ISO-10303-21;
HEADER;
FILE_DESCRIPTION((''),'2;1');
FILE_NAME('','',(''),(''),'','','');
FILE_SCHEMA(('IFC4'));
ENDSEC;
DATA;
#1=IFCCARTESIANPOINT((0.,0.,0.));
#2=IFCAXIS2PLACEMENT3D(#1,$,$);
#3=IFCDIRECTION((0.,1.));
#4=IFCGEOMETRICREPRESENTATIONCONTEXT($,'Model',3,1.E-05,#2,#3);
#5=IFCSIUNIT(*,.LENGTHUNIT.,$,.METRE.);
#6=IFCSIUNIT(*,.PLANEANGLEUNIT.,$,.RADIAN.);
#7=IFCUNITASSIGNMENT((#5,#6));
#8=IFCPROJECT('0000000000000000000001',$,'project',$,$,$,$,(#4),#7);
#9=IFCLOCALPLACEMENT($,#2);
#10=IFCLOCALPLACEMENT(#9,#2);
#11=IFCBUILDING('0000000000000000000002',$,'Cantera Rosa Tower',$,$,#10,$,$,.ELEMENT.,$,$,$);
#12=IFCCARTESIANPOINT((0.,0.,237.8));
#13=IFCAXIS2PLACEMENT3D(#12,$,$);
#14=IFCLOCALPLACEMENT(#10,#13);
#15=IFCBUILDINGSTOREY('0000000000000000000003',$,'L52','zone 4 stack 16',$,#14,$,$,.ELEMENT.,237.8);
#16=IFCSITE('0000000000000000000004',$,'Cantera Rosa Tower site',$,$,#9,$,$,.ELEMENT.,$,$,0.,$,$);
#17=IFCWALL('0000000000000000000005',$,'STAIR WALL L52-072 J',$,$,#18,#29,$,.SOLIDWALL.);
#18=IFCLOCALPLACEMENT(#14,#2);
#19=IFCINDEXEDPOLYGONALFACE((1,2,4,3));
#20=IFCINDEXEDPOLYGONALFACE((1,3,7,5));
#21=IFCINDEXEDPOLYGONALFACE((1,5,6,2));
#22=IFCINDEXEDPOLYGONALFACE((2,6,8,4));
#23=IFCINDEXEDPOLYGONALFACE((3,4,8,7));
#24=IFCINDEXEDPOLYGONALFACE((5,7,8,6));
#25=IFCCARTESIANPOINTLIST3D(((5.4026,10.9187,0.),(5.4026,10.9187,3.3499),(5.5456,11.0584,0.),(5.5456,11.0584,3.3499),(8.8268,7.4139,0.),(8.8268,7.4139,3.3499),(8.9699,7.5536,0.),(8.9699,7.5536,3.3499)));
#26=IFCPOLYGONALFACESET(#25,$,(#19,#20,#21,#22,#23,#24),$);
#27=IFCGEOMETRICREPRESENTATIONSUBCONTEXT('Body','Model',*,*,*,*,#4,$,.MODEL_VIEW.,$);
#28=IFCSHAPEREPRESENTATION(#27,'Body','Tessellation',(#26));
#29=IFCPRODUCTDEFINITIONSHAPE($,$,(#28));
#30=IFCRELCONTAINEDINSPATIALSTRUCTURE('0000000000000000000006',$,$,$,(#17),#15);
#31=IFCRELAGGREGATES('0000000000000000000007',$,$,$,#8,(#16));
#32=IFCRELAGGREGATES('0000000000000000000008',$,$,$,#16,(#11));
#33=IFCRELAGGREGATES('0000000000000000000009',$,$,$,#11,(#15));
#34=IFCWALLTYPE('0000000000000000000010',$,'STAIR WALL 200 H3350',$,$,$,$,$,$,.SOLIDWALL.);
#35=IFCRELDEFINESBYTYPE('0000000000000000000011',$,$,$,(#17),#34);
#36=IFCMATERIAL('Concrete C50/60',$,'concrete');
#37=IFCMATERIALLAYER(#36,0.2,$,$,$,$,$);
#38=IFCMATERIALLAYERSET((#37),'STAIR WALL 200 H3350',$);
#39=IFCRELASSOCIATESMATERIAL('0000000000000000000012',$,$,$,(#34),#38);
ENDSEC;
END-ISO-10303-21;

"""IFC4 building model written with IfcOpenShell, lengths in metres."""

from ifc_helpers import new_model, si_unit, direction, frame, frame_2d, origin, place, context, subcontext, project, spatial, rectangle, extrude, material, layer, layer_set, type_object, element, save


model = new_model("IFC4")

# Units and contexts
model_context = context("Model", 3, precision=1e-05, world=origin(), true_north=direction((0.0, 1.0)))
body_context = subcontext(model_context, "Body", "Model", "MODEL_VIEW")
ifc_project = project(units=[si_unit("LENGTHUNIT", "METRE"), si_unit("PLANEANGLEUNIT", "RADIAN")], contexts=[model_context])

# Site, building, storey
site_placement = place(None, origin())
site = spatial("IfcSite", under=ifc_project, at=site_placement, Name="Cantera Rosa Tower site", CompositionType="ELEMENT", RefElevation=0.0)
building_placement = place(site_placement, origin())
building = spatial("IfcBuilding", under=site, at=building_placement, Name="Cantera Rosa Tower", CompositionType="ELEMENT")
storey_placement = place(building_placement, frame((0.0, 0.0, 237.8)))
storey = spatial("IfcBuildingStorey", under=building, at=storey_placement, Name="L52", Description="zone 4 stack 16", CompositionType="ELEMENT", Elevation=237.8)

# Wall
ifc_material_1 = material(Name="Concrete C50/60", Category="concrete")
ifc_layer_1 = layer(ifc_material_1, 0.2)
ifc_layer_set_1 = layer_set([ifc_layer_1], Name="STAIR WALL 200 H3350")
wall_type_1 = type_object("IfcWallType", Name="STAIR WALL 200 H3350", PredefinedType="SOLIDWALL", material=ifc_layer_set_1)
wall_1_placement = place(storey_placement, frame((5.4741, 10.9885, 0.0), z_axis=(0.0, 0.0, 1.0), x_axis=(0.698838, -0.71528, 0.0)))
element("IfcWall", 1, at=wall_1_placement, inside=storey, type_object=wall_type_1, Name="STAIR WALL L52-072 J", PredefinedType="SOLIDWALL", context=body_context, shape_type="SweptSolid", body=[
    extrude(rectangle(XDim=4.8999, YDim=0.2, at=frame_2d((2.45, 0.0))), origin(), (0.0, 0.0, 1.0), 3.3499),
])

save(model, "model.ifc")
